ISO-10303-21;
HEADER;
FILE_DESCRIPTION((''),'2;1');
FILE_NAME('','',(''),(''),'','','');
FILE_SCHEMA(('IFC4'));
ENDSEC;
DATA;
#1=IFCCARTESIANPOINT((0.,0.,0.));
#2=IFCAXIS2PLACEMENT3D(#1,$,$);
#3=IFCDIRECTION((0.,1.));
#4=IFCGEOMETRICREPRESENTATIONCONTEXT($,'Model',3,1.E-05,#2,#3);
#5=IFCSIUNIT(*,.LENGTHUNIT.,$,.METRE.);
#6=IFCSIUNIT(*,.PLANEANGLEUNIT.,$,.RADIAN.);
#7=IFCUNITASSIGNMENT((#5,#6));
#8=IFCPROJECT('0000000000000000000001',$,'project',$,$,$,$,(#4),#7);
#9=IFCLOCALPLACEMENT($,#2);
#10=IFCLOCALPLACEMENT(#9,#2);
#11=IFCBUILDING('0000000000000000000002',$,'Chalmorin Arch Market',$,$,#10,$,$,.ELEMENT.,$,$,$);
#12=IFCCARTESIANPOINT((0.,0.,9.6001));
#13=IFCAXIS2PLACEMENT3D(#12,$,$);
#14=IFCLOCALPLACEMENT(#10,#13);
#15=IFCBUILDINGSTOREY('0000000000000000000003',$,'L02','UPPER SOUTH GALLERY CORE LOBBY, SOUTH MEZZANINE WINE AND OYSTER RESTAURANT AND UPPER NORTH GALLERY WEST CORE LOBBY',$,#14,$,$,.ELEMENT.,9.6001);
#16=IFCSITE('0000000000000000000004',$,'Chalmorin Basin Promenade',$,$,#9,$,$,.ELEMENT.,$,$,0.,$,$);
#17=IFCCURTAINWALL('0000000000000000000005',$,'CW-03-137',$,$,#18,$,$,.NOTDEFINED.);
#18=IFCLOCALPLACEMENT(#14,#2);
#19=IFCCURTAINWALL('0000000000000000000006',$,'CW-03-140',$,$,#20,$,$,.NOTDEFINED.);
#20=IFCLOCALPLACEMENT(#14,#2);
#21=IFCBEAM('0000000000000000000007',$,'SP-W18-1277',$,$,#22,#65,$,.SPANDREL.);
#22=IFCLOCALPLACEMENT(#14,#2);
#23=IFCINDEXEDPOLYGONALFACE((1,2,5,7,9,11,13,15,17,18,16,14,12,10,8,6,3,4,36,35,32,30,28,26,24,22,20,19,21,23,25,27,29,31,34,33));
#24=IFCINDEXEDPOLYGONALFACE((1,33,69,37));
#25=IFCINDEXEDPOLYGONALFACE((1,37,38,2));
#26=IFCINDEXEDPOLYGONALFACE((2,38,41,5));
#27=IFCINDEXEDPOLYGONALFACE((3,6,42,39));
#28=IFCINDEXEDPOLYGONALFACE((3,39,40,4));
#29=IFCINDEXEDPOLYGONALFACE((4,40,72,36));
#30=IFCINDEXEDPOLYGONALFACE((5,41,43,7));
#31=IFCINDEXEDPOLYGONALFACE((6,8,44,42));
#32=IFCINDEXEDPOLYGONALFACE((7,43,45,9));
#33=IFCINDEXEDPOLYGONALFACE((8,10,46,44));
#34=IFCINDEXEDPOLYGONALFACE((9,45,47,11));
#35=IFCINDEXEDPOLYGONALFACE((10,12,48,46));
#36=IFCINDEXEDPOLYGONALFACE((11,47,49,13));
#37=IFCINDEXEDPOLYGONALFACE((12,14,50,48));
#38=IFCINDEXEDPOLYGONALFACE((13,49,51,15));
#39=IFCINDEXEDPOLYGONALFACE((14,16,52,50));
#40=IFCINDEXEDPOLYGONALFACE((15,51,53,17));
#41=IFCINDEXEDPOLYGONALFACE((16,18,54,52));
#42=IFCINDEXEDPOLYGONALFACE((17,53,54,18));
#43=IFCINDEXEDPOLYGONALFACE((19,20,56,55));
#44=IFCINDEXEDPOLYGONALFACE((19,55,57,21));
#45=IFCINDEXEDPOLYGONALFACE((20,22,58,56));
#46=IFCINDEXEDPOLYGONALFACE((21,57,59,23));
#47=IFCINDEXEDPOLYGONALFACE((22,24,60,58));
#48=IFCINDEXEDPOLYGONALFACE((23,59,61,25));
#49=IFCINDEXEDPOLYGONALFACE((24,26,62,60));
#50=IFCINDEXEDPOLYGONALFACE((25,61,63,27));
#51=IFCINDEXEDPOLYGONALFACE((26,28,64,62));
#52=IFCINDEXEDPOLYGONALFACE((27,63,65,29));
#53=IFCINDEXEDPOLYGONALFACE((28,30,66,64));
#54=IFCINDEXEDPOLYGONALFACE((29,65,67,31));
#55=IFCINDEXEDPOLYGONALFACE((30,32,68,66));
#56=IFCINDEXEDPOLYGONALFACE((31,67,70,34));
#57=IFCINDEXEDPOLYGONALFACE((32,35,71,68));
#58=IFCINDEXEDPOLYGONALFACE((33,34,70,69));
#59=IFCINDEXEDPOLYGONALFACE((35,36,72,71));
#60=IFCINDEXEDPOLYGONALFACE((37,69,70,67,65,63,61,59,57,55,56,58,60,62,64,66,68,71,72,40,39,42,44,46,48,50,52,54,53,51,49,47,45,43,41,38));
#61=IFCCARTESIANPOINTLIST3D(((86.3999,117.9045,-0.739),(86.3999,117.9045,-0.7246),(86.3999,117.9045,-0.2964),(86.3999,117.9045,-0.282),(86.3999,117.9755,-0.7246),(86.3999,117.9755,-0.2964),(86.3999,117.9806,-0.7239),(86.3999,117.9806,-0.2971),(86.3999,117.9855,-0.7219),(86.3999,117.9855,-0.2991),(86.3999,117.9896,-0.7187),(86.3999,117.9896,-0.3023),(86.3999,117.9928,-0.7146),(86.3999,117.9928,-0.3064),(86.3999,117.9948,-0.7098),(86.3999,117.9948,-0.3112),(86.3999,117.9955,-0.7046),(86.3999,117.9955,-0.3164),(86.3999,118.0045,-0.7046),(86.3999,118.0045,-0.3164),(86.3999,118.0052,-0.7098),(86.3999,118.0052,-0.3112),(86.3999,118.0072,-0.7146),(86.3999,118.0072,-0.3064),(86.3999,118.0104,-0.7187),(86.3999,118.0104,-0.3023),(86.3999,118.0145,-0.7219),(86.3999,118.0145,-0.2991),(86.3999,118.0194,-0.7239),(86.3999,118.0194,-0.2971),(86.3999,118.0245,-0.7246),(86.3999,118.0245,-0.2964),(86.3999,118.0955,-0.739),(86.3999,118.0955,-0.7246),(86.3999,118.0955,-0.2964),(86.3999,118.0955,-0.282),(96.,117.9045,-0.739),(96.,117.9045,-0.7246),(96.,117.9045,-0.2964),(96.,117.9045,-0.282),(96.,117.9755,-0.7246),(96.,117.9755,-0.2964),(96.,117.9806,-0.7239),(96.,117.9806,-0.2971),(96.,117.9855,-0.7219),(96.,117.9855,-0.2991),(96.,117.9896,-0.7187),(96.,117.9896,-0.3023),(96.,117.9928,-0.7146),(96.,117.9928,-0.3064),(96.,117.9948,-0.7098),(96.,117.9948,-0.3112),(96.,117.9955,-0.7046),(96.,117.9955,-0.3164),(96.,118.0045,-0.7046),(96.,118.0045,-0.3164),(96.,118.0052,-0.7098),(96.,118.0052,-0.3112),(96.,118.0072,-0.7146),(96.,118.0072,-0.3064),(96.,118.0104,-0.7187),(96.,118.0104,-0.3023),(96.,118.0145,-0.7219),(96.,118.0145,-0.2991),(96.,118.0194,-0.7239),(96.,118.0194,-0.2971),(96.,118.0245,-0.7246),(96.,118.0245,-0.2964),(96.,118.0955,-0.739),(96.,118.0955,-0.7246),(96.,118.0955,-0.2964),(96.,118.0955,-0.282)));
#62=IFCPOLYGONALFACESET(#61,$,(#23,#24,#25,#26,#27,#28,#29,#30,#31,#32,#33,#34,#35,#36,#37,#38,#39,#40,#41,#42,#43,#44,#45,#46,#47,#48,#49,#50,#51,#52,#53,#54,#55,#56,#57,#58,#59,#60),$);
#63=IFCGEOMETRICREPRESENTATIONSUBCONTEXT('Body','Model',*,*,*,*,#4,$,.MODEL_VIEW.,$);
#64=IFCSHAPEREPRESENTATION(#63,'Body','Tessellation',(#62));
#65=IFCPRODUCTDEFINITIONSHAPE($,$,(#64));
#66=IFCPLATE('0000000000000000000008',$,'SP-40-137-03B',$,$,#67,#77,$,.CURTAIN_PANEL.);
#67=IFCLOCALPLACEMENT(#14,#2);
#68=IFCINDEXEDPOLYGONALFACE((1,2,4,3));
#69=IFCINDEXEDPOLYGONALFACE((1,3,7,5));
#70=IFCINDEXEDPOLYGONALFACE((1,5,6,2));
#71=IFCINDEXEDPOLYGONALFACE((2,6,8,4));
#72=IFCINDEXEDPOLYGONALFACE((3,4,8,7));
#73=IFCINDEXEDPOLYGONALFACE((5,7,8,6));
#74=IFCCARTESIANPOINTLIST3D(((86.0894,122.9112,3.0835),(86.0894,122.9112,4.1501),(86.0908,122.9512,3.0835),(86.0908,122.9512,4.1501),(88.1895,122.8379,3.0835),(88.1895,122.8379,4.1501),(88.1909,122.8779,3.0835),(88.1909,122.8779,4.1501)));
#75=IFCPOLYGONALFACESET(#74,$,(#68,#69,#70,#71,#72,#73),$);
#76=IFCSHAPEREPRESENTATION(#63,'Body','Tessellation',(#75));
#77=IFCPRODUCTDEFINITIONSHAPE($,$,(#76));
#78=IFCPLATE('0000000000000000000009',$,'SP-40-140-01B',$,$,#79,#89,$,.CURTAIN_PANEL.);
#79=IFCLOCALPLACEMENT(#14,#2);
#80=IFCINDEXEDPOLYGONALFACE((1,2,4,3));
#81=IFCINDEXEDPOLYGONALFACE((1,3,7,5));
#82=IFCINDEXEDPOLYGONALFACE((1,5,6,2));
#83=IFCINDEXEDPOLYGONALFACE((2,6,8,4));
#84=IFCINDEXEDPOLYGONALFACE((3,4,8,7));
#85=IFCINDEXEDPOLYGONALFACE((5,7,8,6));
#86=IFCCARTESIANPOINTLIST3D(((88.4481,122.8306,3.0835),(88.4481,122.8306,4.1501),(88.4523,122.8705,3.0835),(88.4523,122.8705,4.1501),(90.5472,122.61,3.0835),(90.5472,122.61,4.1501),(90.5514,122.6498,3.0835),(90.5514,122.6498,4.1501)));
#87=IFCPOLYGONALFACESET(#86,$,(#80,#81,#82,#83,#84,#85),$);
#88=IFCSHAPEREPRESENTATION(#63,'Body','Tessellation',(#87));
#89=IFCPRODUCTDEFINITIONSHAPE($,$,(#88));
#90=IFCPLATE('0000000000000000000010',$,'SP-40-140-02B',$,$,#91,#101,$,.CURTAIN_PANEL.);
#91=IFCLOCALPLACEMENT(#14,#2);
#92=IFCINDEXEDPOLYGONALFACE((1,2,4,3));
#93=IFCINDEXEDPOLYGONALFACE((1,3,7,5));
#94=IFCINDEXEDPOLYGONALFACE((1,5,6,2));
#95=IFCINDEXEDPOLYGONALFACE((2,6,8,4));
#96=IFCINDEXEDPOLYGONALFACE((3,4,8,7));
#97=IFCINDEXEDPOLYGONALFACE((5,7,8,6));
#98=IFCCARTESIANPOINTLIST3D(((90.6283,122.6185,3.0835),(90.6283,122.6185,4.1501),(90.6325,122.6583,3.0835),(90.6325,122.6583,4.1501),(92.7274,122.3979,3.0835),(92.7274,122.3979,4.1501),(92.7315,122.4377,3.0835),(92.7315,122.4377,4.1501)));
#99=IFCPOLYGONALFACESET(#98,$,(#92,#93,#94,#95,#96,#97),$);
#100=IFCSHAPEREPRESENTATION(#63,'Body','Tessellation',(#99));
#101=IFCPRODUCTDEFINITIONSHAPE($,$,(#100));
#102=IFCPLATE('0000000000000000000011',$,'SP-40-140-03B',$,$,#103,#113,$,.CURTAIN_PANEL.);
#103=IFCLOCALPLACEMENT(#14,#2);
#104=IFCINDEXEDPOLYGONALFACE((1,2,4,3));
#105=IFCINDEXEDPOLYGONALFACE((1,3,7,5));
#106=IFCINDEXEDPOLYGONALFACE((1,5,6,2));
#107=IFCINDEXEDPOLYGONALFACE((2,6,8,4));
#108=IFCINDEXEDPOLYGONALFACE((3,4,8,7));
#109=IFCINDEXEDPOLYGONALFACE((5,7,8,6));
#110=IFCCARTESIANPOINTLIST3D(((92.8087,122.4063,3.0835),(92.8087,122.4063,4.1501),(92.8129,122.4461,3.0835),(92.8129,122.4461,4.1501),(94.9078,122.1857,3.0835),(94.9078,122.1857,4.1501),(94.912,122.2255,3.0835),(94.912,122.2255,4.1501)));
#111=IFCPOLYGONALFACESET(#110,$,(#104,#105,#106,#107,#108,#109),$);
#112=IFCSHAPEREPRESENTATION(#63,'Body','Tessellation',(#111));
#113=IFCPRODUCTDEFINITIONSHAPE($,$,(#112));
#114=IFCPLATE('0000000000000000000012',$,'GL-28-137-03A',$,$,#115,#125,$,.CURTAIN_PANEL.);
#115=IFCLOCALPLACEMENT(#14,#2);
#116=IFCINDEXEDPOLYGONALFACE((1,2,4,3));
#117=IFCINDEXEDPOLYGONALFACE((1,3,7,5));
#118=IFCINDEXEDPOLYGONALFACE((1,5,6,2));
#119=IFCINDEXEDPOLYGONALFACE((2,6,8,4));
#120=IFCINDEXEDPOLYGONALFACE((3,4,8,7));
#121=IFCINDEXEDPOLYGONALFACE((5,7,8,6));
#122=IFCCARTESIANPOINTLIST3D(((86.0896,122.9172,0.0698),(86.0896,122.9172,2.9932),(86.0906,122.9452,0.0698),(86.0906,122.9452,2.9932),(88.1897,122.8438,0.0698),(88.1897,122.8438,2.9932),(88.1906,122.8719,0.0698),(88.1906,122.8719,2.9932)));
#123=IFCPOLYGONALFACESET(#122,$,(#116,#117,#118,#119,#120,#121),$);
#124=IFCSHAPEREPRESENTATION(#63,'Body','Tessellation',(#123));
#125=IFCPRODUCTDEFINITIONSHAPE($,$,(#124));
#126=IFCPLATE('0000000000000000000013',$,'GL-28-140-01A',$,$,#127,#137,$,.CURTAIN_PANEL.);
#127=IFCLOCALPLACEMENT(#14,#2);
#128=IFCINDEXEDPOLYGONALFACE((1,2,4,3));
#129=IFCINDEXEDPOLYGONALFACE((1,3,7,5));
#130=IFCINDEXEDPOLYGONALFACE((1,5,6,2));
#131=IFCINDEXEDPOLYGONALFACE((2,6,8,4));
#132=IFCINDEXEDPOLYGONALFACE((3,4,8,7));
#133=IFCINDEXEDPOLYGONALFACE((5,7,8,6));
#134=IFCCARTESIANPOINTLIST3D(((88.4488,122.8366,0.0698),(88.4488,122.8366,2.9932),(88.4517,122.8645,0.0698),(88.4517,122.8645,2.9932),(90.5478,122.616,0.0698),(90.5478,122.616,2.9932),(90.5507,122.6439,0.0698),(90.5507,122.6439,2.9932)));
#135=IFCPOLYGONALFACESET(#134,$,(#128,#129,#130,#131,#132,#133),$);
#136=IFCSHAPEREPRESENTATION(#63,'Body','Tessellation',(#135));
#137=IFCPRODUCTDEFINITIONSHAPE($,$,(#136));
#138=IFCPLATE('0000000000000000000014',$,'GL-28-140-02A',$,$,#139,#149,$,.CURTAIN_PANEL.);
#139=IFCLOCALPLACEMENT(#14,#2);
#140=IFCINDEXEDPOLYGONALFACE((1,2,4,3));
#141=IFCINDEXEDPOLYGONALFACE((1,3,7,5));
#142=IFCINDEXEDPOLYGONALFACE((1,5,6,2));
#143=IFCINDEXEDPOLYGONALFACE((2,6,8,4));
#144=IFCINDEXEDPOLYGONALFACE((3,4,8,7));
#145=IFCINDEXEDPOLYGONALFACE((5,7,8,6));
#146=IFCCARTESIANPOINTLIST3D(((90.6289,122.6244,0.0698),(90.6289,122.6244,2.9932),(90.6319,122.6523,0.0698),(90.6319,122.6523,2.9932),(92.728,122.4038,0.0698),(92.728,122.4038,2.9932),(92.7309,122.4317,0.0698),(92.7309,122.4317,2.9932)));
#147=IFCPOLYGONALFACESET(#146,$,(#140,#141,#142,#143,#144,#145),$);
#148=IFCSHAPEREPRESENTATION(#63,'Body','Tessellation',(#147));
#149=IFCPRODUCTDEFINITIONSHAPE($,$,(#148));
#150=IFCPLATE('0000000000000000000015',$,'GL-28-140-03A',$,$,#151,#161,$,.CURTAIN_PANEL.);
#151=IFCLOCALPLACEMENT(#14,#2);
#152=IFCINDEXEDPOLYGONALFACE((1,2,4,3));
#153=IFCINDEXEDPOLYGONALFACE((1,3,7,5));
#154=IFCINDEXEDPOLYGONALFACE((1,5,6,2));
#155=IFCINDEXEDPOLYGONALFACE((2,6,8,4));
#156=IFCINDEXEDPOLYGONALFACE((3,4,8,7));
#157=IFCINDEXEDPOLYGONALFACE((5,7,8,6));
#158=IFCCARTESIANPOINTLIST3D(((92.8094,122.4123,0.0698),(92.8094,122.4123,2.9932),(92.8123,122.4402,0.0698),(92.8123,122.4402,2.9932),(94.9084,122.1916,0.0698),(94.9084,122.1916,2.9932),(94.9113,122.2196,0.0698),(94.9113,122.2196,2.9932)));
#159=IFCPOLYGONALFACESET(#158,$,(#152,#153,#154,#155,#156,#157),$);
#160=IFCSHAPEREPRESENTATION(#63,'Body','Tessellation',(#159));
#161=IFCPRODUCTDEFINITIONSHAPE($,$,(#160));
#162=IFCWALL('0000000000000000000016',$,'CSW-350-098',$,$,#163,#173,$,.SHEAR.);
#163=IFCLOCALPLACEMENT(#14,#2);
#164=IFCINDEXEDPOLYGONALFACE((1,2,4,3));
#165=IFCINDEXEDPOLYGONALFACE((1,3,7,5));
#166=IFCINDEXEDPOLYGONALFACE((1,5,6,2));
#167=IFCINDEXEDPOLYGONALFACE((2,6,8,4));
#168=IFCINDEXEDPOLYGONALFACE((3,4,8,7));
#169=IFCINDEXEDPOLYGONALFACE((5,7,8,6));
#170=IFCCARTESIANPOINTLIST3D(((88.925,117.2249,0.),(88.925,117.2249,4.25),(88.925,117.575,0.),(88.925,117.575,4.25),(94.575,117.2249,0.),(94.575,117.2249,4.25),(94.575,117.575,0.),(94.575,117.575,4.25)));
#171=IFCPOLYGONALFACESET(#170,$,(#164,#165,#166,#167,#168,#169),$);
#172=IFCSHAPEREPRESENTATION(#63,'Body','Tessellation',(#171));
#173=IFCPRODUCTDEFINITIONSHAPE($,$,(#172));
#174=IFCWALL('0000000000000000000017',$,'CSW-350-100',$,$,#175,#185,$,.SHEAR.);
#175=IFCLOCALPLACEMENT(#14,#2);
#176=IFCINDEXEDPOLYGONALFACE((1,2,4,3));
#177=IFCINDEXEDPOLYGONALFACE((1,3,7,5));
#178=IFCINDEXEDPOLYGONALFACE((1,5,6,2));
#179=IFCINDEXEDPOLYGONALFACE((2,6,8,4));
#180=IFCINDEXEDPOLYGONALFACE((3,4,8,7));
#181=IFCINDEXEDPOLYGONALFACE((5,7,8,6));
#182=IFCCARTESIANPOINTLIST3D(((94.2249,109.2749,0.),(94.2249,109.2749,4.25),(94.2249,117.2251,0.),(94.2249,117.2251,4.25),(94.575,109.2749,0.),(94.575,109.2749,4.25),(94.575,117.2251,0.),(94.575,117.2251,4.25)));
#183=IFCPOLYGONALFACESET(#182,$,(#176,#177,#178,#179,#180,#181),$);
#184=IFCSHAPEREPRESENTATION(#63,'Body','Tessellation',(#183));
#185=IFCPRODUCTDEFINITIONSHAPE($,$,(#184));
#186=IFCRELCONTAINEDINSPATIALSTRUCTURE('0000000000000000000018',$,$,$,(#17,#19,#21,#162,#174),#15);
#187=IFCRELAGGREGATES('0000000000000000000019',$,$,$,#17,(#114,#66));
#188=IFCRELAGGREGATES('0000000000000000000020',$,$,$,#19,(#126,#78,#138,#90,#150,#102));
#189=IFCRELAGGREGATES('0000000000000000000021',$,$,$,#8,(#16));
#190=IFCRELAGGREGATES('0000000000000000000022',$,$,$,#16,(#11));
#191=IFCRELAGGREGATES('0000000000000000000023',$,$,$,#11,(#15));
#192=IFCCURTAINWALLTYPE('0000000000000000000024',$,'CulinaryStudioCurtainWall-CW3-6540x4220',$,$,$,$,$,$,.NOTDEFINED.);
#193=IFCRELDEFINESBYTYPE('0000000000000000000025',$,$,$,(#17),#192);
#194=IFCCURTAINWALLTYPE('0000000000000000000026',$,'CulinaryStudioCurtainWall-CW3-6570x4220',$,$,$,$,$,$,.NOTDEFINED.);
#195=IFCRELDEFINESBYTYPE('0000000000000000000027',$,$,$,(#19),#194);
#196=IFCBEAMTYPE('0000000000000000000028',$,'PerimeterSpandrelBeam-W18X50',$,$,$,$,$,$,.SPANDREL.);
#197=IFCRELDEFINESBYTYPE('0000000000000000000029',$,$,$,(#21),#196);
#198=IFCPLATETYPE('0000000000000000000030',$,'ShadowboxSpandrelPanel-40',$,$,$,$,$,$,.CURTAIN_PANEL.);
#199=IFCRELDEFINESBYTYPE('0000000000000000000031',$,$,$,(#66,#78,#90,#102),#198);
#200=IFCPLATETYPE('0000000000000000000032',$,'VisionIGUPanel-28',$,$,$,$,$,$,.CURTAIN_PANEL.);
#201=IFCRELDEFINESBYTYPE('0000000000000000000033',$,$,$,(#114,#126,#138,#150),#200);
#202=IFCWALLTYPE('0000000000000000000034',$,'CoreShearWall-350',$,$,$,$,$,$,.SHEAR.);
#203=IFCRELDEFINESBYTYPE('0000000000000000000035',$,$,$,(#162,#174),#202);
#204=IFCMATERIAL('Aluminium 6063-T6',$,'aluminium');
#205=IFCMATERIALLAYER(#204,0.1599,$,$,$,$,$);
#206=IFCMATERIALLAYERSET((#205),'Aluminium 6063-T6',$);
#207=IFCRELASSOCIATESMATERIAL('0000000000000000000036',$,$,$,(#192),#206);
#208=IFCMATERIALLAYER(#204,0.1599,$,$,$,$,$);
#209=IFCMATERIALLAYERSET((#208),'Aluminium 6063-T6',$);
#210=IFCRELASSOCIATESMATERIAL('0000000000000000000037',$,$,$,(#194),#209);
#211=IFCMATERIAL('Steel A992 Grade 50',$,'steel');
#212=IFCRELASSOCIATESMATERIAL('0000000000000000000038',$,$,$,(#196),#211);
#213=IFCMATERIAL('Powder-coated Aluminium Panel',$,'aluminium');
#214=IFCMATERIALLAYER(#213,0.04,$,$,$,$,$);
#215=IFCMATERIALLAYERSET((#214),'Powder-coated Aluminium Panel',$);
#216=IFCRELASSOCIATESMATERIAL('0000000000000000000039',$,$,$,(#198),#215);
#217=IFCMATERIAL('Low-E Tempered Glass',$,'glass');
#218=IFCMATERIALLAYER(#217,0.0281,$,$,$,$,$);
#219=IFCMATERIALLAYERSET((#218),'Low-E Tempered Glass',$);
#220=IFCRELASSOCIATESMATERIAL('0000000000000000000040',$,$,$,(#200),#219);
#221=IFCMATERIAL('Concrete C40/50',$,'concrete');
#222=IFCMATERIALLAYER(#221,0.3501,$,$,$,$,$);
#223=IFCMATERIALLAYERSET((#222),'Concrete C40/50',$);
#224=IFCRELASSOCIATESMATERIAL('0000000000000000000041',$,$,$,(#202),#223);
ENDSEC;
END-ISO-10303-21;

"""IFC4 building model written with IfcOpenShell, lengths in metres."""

from ifc_helpers import new_model, si_unit, direction, frame, frame_2d, origin, origin_2d, place, context, subcontext, project, spatial, rectangle, i_section, extrude, material, layer, layer_set, material_profile, profile_set, type_object, element, aggregate, save


model = new_model("IFC4")

# Units and contexts
model_context = context("Model", 3, precision=1e-05, world=origin(), true_north=direction((0.0, 1.0)))
body_context = subcontext(model_context, "Body", "Model", "MODEL_VIEW")
ifc_project = project(units=[si_unit("LENGTHUNIT", "METRE"), si_unit("PLANEANGLEUNIT", "RADIAN")], contexts=[model_context])

# Site, building, storey
site_placement = place(None, origin())
site = spatial("IfcSite", under=ifc_project, at=site_placement, Name="Chalmorin Basin Promenade", CompositionType="ELEMENT", RefElevation=0.0)
building_placement = place(site_placement, origin())
building = spatial("IfcBuilding", under=site, at=building_placement, Name="Chalmorin Arch Market", CompositionType="ELEMENT")
storey_placement = place(building_placement, frame((0.0, 0.0, 9.6001)))
storey = spatial("IfcBuildingStorey", under=building, at=storey_placement, Name="L02", Description="UPPER SOUTH GALLERY CORE LOBBY, SOUTH MEZZANINE WINE AND OYSTER RESTAURANT AND UPPER NORTH GALLERY WEST CORE LOBBY", CompositionType="ELEMENT", Elevation=9.6001)

# Shared definitions
ifc_material_1 = material(Name="Concrete C40/50", Category="concrete")

# Curtain wall
ifc_material_2 = material(Name="Aluminium 6063-T6", Category="aluminium")
ifc_layer_1 = layer(ifc_material_2, 0.1599)
ifc_layer_set_1 = layer_set([ifc_layer_1], Name="Aluminium 6063-T6")
curtain_wall_type_1 = type_object("IfcCurtainWallType", Name="CulinaryStudioCurtainWall-CW3-6540x4220", PredefinedType="NOTDEFINED", material=ifc_layer_set_1)
curtain_wall_1_placement = place(storey_placement, origin())
curtain_wall_1 = element("IfcCurtainWall", 1, at=curtain_wall_1_placement, inside=storey, type_object=curtain_wall_type_1, Name="CW-03-137", PredefinedType="NOTDEFINED")

# Curtain wall
ifc_layer_2 = layer(ifc_material_2, 0.1599)
ifc_layer_set_2 = layer_set([ifc_layer_2], Name="Aluminium 6063-T6")
curtain_wall_type_2 = type_object("IfcCurtainWallType", Name="CulinaryStudioCurtainWall-CW3-6570x4220", PredefinedType="NOTDEFINED", material=ifc_layer_set_2)
curtain_wall_2_placement = place(storey_placement, origin())
curtain_wall_2 = element("IfcCurtainWall", 2, at=curtain_wall_2_placement, inside=storey, type_object=curtain_wall_type_2, Name="CW-03-140", PredefinedType="NOTDEFINED")

# Beam
ifc_material_3 = material(Name="Steel A992 Grade 50", Category="steel")
ifc_material_profile_1 = material_profile(ifc_material_3, i_section(OverallWidth=0.1909, OverallDepth=0.457, WebThickness=0.009, FlangeThickness=0.0144, FilletRadius=0.02, at=origin_2d()), Name="W18X50")
ifc_profile_set_1 = profile_set([ifc_material_profile_1], Name="Steel A992 Grade 50")
beam_type = type_object("IfcBeamType", Name="PerimeterSpandrelBeam-W18X50", PredefinedType="SPANDREL", material=ifc_profile_set_1)
beam_placement = place(storey_placement, frame((86.3999, 118.0, -0.5105), z_axis=(1.0, 0.0, 0.0), x_axis=(0.0, 1.0, 0.0)))
element("IfcBeam", 3, at=beam_placement, inside=storey, type_object=beam_type, Name="SP-W18-1277", PredefinedType="SPANDREL", context=body_context, shape_type="SweptSolid", body=[
    extrude(i_section(OverallWidth=0.1909, OverallDepth=0.457, WebThickness=0.009, FlangeThickness=0.0144, FilletRadius=0.02, at=origin_2d()), origin(), (0.0, 0.0, 1.0), 9.6001),
])

# Plates
ifc_material_4 = material(Name="Powder-coated Aluminium Panel", Category="aluminium")
ifc_layer_3 = layer(ifc_material_4, 0.04)
ifc_layer_set_3 = layer_set([ifc_layer_3], Name="Powder-coated Aluminium Panel")
plate_type_1 = type_object("IfcPlateType", Name="ShadowboxSpandrelPanel-40", PredefinedType="CURTAIN_PANEL", material=ifc_layer_set_3)
plate_1_placement = place(storey_placement, frame((87.1401, 122.8945, 3.0835), z_axis=(0.0, 0.0, 1.0), x_axis=(0.999391, -0.034899, 0.0)))
plate_1 = element("IfcPlate", 4, at=plate_1_placement, type_object=plate_type_1, Name="SP-40-137-03B", PredefinedType="CURTAIN_PANEL", context=body_context, shape_type="SweptSolid", body=[
    extrude(rectangle(XDim=2.1013, YDim=0.04, at=origin_2d()), origin(), (0.0, 0.0, 1.0), 1.0667),
])
plate_2_placement = place(storey_placement, frame((89.4998, 122.7402, 3.0835), z_axis=(0.0, 0.0, 1.0), x_axis=(0.994522, -0.104528, 0.0)))
plate_2 = element("IfcPlate", 5, at=plate_2_placement, type_object=plate_type_1, Name="SP-40-140-01B", PredefinedType="CURTAIN_PANEL", context=body_context, shape_type="SweptSolid", body=[
    extrude(rectangle(XDim=2.1106, YDim=0.04, at=origin_2d()), origin(), (0.0, 0.0, 1.0), 1.0667),
])
plate_3_placement = place(storey_placement, frame((91.6799, 122.5281, 3.0835), z_axis=(0.0, 0.0, 1.0), x_axis=(0.994522, -0.104528, 0.0)))
plate_3 = element("IfcPlate", 6, at=plate_3_placement, type_object=plate_type_1, Name="SP-40-140-02B", PredefinedType="CURTAIN_PANEL", context=body_context, shape_type="SweptSolid", body=[
    extrude(rectangle(XDim=2.1106, YDim=0.04, at=origin_2d()), origin(), (0.0, 0.0, 1.0), 1.0667),
])
plate_4_placement = place(storey_placement, frame((93.8604, 122.3159, 3.0835), z_axis=(0.0, 0.0, 1.0), x_axis=(0.994522, -0.104528, 0.0)))
plate_4 = element("IfcPlate", 7, at=plate_4_placement, type_object=plate_type_1, Name="SP-40-140-03B", PredefinedType="CURTAIN_PANEL", context=body_context, shape_type="SweptSolid", body=[
    extrude(rectangle(XDim=2.1106, YDim=0.04, at=origin_2d()), origin(), (0.0, 0.0, 1.0), 1.0667),
])
ifc_material_5 = material(Name="Low-E Tempered Glass", Category="glass")
ifc_layer_4 = layer(ifc_material_5, 0.0281)
ifc_layer_set_4 = layer_set([ifc_layer_4], Name="Low-E Tempered Glass")
plate_type_2 = type_object("IfcPlateType", Name="VisionIGUPanel-28", PredefinedType="CURTAIN_PANEL", material=ifc_layer_set_4)
plate_5_placement = place(storey_placement, frame((87.1401, 122.8945, 0.0698), z_axis=(0.0, 0.0, 1.0), x_axis=(0.999391, -0.034899, 0.0)))
plate_5 = element("IfcPlate", 8, at=plate_5_placement, type_object=plate_type_2, Name="GL-28-137-03A", PredefinedType="CURTAIN_PANEL", context=body_context, shape_type="SweptSolid", body=[
    extrude(rectangle(XDim=2.1013, YDim=0.0281, at=origin_2d()), origin(), (0.0, 0.0, 1.0), 2.9233),
])
aggregate(curtain_wall_1, [plate_5, plate_1])
plate_6_placement = place(storey_placement, frame((89.4998, 122.7402, 0.0698), z_axis=(0.0, 0.0, 1.0), x_axis=(0.994522, -0.104528, 0.0)))
plate_6 = element("IfcPlate", 9, at=plate_6_placement, type_object=plate_type_2, Name="GL-28-140-01A", PredefinedType="CURTAIN_PANEL", context=body_context, shape_type="SweptSolid", body=[
    extrude(rectangle(XDim=2.1106, YDim=0.0281, at=origin_2d()), origin(), (0.0, 0.0, 1.0), 2.9233),
])
plate_7_placement = place(storey_placement, frame((91.6799, 122.5281, 0.0698), z_axis=(0.0, 0.0, 1.0), x_axis=(0.994522, -0.104528, 0.0)))
plate_7 = element("IfcPlate", 10, at=plate_7_placement, type_object=plate_type_2, Name="GL-28-140-02A", PredefinedType="CURTAIN_PANEL", context=body_context, shape_type="SweptSolid", body=[
    extrude(rectangle(XDim=2.1106, YDim=0.0281, at=origin_2d()), origin(), (0.0, 0.0, 1.0), 2.9233),
])
plate_8_placement = place(storey_placement, frame((93.8604, 122.3159, 0.0698), z_axis=(0.0, 0.0, 1.0), x_axis=(0.994522, -0.104528, 0.0)))
plate_8 = element("IfcPlate", 11, at=plate_8_placement, type_object=plate_type_2, Name="GL-28-140-03A", PredefinedType="CURTAIN_PANEL", context=body_context, shape_type="SweptSolid", body=[
    extrude(rectangle(XDim=2.1106, YDim=0.0281, at=origin_2d()), origin(), (0.0, 0.0, 1.0), 2.9233),
])
aggregate(curtain_wall_2, [plate_6, plate_2, plate_7, plate_3, plate_8, plate_4])

# Walls
ifc_layer_5 = layer(ifc_material_1, 0.3501)
ifc_layer_set_5 = layer_set([ifc_layer_5], Name="Concrete C40/50")
wall_type = type_object("IfcWallType", Name="CoreShearWall-350", PredefinedType="SHEAR", material=ifc_layer_set_5)
wall_1_placement = place(storey_placement, frame((88.925, 117.3999, 0.0), z_axis=(0.0, 0.0, 1.0), x_axis=(1.0, 0.0, 0.0)))
element("IfcWall", 12, at=wall_1_placement, inside=storey, type_object=wall_type, Name="CSW-350-098", PredefinedType="SHEAR", context=body_context, shape_type="SweptSolid", body=[
    extrude(rectangle(XDim=5.6499, YDim=0.3501, at=frame_2d((2.825, 0.0))), origin(), (0.0, 0.0, 1.0), 4.25),
])
wall_2_placement = place(storey_placement, frame((94.3999, 117.2251, 0.0), z_axis=(0.0, 0.0, 1.0), x_axis=(0.0, -1.0, 0.0)))
element("IfcWall", 13, at=wall_2_placement, inside=storey, type_object=wall_type, Name="CSW-350-100", PredefinedType="SHEAR", context=body_context, shape_type="SweptSolid", body=[
    extrude(rectangle(XDim=7.9502, YDim=0.3501, at=frame_2d((3.9751, 0.0))), origin(), (0.0, 0.0, 1.0), 4.25),
])

save(model, "model.ifc")
